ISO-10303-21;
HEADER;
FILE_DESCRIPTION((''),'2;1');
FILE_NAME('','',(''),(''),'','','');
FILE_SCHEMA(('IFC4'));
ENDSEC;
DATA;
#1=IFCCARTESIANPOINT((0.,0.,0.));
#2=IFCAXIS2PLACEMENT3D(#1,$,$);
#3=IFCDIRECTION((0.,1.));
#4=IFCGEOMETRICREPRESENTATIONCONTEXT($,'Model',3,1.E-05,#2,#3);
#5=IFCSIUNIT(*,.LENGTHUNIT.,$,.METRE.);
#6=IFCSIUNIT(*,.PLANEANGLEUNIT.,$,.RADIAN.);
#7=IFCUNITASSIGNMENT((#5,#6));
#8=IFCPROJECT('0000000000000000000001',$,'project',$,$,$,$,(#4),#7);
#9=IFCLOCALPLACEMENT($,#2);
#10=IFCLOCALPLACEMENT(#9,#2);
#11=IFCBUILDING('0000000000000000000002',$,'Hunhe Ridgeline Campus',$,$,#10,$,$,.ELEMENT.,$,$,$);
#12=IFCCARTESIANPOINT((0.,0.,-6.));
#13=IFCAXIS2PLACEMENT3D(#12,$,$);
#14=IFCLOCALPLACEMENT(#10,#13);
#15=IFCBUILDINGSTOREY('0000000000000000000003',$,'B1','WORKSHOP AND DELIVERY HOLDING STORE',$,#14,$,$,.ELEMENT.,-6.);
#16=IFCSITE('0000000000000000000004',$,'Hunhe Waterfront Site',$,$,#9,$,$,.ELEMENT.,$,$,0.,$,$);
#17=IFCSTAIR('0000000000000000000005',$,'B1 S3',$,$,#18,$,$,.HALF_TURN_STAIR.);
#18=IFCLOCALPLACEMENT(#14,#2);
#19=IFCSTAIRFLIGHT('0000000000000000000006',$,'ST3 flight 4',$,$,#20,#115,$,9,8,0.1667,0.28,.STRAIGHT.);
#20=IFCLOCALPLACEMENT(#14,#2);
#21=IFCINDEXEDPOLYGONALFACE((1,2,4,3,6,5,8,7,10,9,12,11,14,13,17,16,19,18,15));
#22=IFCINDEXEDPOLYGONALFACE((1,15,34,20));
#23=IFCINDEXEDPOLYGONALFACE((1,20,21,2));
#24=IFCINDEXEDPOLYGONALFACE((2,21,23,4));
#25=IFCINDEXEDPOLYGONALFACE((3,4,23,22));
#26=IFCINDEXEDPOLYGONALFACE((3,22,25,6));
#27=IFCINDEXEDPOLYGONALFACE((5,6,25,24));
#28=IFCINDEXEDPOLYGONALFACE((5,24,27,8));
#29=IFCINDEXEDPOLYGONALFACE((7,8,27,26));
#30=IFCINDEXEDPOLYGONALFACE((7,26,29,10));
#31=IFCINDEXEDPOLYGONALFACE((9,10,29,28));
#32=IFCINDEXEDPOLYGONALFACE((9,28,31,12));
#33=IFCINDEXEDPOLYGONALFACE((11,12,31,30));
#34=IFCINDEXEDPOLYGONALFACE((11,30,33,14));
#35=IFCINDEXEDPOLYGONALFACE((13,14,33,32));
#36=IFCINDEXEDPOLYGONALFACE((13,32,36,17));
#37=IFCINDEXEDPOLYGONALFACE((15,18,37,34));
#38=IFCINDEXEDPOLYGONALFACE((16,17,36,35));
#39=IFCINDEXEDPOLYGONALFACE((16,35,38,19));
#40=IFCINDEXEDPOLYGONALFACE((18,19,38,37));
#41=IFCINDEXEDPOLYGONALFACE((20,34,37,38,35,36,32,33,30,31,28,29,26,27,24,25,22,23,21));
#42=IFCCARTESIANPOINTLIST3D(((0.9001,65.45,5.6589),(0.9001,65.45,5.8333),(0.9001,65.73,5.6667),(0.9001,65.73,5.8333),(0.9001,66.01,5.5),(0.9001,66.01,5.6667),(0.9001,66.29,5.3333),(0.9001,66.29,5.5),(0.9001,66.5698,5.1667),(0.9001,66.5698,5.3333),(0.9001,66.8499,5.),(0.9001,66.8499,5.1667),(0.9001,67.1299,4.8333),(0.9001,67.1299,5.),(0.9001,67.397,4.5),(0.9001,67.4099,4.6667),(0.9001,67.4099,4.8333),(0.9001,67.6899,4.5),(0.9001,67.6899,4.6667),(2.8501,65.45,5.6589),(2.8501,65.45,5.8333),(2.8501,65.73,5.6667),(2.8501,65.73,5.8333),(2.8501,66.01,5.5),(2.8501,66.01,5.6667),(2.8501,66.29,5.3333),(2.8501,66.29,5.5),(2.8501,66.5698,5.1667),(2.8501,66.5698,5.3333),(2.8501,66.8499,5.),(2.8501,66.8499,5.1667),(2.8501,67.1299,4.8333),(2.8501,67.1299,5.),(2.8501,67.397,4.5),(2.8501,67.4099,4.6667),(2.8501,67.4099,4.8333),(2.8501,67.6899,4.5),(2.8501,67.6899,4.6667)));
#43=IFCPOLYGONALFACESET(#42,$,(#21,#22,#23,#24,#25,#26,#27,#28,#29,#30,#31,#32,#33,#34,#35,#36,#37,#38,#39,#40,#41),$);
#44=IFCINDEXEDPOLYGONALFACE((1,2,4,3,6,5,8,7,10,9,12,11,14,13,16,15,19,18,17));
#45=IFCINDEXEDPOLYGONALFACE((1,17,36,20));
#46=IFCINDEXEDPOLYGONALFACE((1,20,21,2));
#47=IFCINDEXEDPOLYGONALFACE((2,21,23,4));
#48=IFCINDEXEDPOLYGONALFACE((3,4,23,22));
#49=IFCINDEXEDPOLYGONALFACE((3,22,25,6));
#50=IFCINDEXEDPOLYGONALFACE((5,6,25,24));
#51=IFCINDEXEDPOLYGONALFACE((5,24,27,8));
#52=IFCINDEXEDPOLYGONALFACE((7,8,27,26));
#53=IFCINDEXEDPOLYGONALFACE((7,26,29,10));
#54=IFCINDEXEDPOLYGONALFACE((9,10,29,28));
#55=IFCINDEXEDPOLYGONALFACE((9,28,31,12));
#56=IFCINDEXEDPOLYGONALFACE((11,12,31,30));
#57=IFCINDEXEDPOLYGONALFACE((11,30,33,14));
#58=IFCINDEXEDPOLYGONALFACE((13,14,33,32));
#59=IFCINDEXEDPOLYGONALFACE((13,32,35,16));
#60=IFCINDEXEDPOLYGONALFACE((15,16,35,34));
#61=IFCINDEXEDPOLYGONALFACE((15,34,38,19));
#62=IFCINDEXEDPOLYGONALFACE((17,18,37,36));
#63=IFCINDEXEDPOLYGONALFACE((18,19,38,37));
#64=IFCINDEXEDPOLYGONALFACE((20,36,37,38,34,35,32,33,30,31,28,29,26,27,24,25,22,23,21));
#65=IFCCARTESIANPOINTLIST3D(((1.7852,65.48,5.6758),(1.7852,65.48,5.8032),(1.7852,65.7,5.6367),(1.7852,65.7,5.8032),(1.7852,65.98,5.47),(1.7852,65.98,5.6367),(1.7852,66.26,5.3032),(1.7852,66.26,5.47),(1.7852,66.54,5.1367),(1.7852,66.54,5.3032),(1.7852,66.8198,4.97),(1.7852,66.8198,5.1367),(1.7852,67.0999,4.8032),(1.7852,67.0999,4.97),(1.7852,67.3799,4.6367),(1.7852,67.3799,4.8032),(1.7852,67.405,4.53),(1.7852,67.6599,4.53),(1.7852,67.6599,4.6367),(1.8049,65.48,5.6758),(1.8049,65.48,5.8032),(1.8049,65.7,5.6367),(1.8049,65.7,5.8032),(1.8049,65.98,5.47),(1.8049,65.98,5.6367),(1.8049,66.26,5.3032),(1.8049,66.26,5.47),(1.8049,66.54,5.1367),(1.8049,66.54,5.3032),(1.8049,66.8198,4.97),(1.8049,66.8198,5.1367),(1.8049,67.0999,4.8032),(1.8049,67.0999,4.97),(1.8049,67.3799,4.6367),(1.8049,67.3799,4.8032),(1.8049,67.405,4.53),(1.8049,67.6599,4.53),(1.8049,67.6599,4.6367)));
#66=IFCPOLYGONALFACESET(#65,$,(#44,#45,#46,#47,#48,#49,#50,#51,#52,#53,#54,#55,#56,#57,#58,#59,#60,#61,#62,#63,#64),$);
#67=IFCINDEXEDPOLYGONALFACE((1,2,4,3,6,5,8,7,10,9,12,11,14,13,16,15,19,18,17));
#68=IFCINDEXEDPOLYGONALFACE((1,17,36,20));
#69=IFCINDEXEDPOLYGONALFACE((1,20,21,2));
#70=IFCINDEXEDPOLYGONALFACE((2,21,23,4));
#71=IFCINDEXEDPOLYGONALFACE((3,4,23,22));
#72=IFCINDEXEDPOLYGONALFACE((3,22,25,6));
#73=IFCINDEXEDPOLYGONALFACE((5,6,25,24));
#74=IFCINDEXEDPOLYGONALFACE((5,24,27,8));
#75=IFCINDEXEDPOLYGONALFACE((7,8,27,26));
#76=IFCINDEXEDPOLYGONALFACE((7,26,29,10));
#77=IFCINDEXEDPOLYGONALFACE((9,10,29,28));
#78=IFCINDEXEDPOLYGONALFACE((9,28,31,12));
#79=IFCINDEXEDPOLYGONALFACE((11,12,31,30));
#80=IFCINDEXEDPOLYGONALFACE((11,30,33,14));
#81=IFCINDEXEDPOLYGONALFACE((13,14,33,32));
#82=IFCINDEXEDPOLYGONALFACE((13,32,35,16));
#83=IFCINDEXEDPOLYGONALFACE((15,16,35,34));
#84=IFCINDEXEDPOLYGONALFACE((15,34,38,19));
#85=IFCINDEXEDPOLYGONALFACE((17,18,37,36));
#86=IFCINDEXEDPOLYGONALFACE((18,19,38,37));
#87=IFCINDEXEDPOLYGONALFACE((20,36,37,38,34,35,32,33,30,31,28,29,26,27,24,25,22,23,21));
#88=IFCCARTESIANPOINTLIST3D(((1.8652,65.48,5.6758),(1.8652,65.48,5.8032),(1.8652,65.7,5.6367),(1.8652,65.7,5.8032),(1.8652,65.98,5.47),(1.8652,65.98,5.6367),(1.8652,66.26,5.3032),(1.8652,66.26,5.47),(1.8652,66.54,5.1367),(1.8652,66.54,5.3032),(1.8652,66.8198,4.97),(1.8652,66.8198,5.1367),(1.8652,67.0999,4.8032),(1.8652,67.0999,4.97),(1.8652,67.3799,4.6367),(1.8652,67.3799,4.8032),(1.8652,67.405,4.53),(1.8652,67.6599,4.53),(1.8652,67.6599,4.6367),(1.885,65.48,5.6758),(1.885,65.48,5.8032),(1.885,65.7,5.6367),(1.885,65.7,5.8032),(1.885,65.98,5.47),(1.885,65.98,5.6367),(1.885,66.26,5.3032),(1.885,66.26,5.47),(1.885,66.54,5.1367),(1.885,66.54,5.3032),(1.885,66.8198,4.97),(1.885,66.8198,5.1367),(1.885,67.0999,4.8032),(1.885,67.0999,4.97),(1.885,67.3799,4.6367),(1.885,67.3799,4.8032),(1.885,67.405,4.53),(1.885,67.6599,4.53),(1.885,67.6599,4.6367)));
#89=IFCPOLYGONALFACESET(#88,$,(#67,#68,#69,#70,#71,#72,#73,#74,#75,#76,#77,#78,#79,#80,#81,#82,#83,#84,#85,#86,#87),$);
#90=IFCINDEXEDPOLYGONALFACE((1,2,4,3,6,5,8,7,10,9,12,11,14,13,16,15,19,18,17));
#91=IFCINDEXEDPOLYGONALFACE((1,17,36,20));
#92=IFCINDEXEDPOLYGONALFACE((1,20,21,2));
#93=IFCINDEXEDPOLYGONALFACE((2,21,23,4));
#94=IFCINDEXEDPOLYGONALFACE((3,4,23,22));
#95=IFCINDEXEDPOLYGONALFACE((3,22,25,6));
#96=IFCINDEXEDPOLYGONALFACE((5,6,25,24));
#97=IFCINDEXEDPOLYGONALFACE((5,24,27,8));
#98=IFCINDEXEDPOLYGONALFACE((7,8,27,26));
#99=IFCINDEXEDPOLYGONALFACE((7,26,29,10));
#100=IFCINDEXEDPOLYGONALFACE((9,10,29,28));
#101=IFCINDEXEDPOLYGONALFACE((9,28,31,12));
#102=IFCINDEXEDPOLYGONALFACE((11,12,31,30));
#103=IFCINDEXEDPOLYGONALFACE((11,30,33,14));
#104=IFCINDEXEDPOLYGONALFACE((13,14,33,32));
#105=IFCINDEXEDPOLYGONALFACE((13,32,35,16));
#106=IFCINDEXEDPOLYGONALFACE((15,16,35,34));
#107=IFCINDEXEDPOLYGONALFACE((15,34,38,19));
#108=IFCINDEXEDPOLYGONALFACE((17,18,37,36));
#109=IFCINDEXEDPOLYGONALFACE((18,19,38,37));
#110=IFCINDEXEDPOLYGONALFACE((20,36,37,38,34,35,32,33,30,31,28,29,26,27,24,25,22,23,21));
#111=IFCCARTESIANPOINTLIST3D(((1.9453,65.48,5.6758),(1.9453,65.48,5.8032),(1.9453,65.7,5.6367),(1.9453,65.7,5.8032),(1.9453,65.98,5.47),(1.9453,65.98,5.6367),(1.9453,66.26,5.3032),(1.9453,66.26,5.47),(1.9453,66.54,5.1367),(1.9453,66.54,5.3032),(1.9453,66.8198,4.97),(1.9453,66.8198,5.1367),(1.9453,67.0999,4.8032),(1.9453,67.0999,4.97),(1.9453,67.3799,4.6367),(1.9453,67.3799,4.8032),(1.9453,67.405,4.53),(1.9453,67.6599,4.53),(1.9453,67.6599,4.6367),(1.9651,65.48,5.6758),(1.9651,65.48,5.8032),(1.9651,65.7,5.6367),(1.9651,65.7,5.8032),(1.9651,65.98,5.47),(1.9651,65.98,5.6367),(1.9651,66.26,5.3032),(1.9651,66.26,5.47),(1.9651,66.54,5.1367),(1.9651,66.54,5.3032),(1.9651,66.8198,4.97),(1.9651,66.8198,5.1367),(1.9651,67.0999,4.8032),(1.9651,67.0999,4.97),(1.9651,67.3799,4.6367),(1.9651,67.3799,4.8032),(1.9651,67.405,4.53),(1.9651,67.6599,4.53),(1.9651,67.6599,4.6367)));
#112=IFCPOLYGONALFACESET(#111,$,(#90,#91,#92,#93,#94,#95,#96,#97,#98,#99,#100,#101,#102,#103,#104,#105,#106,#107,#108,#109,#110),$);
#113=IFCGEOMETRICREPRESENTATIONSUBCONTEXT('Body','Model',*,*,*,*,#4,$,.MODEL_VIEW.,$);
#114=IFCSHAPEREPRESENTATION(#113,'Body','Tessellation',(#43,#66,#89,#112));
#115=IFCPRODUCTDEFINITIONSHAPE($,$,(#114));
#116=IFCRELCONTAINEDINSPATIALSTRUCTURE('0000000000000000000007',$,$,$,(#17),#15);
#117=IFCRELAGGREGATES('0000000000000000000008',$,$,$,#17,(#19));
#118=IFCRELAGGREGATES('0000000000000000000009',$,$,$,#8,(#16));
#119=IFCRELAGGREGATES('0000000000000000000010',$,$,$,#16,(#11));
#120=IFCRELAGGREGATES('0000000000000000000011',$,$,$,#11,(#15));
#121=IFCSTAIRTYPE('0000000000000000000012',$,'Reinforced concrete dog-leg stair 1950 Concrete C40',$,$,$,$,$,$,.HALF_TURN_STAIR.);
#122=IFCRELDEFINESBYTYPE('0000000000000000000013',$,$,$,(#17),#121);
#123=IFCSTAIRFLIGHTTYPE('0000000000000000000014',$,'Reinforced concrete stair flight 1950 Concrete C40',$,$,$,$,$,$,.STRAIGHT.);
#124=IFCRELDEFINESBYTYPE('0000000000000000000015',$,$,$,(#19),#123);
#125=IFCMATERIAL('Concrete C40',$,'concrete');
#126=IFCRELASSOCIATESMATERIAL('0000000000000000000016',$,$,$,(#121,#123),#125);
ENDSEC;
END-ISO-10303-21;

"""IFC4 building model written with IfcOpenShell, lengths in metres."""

from ifc_helpers import new_model, si_unit, direction, frame, origin, place, context, subcontext, project, spatial, polyline, outline, extrude, material, type_object, element, aggregate, save


model = new_model("IFC4")

# Units and contexts
model_context = context("Model", 3, precision=1e-05, world=origin(), true_north=direction((0.0, 1.0)))
body_context = subcontext(model_context, "Body", "Model", "MODEL_VIEW")
ifc_project = project(units=[si_unit("LENGTHUNIT", "METRE"), si_unit("PLANEANGLEUNIT", "RADIAN")], contexts=[model_context])

# Site, building, storey
site_placement = place(None, origin())
site = spatial("IfcSite", under=ifc_project, at=site_placement, Name="Hunhe Waterfront Site", CompositionType="ELEMENT", RefElevation=0.0)
building_placement = place(site_placement, origin())
building = spatial("IfcBuilding", under=site, at=building_placement, Name="Hunhe Ridgeline Campus", CompositionType="ELEMENT")
storey_placement = place(building_placement, frame((0.0, 0.0, -6.0)))
storey = spatial("IfcBuildingStorey", under=building, at=storey_placement, Name="B1", Description="WORKSHOP AND DELIVERY HOLDING STORE", CompositionType="ELEMENT", Elevation=-6.0)

# Stair, stair flight
ifc_material_1 = material(Name="Concrete C40", Category="concrete")
stair_type = type_object("IfcStairType", Name="Reinforced concrete dog-leg stair 1950 Concrete C40", PredefinedType="HALF_TURN_STAIR", material=ifc_material_1)
stair_1_placement = place(storey_placement, origin())
stair_1 = element("IfcStair", 1, at=stair_1_placement, inside=storey, type_object=stair_type, Name="B1 S3", PredefinedType="HALF_TURN_STAIR")
stair_flight_type = type_object("IfcStairFlightType", Name="Reinforced concrete stair flight 1950 Concrete C40", PredefinedType="STRAIGHT", material=ifc_material_1)
stair_flight_1_placement = place(storey_placement, frame((1.875, 67.6899, 4.5), z_axis=(0.0, 0.0, 1.0), x_axis=(0.0, -1.0, 0.0)))
stair_flight_1 = element("IfcStairFlight", 2, at=stair_flight_1_placement, type_object=stair_flight_type, Name="ST3 flight 4", NumberOfRisers=9, NumberOfTreads=8, PredefinedType="STRAIGHT", RiserHeight=0.1667, TreadLength=0.28, context=body_context, shape_type="SweptSolid", body=[
    extrude(outline(polyline([(0.0, 0.0), (0.0, 0.1667), (0.28, 0.1667), (0.28, 0.3333), (0.5601, 0.3333), (0.5601, 0.5), (0.8401, 0.5), (0.8401, 0.6667), (1.1201, 0.6667), (1.1201, 0.8333), (1.3999, 0.8333), (1.3999, 1.0), (1.6799, 1.0), (1.6799, 1.1667), (1.96, 1.1667), (1.96, 1.3333), (2.24, 1.3333), (2.24, 1.5), (2.24, 1.1589), (0.293, 0.0), (0.0, 0.0)])), frame((0.0, 0.9751, 0.0), z_axis=(0.0, -1.0, 0.0), x_axis=(1.0, 0.0, 0.0)), (0.0, 0.0, 1.0), 1.95),
    extrude(outline(polyline([(0.03, 0.03), (0.03, 0.1367), (0.3101, 0.1367), (0.3101, 0.3032), (0.5901, 0.3032), (0.5901, 0.47), (0.8701, 0.47), (0.8701, 0.6367), (1.1499, 0.6367), (1.1499, 0.8032), (1.4299, 0.8032), (1.4299, 0.97), (1.71, 0.97), (1.71, 1.1367), (1.99, 1.1367), (1.99, 1.3032), (2.21, 1.3032), (2.21, 1.1758), (0.2849, 0.03), (0.03, 0.03)])), frame((0.0, -0.0701, 0.0), z_axis=(0.0, -1.0, 0.0), x_axis=(1.0, 0.0, 0.0)), (0.0, 0.0, 1.0), 0.0198),
    extrude(outline(polyline([(0.03, 0.03), (0.03, 0.1367), (0.3101, 0.1367), (0.3101, 0.3032), (0.5901, 0.3032), (0.5901, 0.47), (0.8701, 0.47), (0.8701, 0.6367), (1.1499, 0.6367), (1.1499, 0.8032), (1.4299, 0.8032), (1.4299, 0.97), (1.71, 0.97), (1.71, 1.1367), (1.99, 1.1367), (1.99, 1.3032), (2.21, 1.3032), (2.21, 1.1758), (0.2849, 0.03), (0.03, 0.03)])), frame((0.0, 0.01, 0.0), z_axis=(0.0, -1.0, 0.0), x_axis=(1.0, 0.0, 0.0)), (0.0, 0.0, 1.0), 0.0198),
    extrude(outline(polyline([(0.03, 0.03), (0.03, 0.1367), (0.3101, 0.1367), (0.3101, 0.3032), (0.5901, 0.3032), (0.5901, 0.47), (0.8701, 0.47), (0.8701, 0.6367), (1.1499, 0.6367), (1.1499, 0.8032), (1.4299, 0.8032), (1.4299, 0.97), (1.71, 0.97), (1.71, 1.1367), (1.99, 1.1367), (1.99, 1.3032), (2.21, 1.3032), (2.21, 1.1758), (0.2849, 0.03), (0.03, 0.03)])), frame((0.0, 0.0901, 0.0), z_axis=(0.0, -1.0, 0.0), x_axis=(1.0, 0.0, 0.0)), (0.0, 0.0, 1.0), 0.0198),
])
aggregate(stair_1, [stair_flight_1])

save(model, "model.ifc")
